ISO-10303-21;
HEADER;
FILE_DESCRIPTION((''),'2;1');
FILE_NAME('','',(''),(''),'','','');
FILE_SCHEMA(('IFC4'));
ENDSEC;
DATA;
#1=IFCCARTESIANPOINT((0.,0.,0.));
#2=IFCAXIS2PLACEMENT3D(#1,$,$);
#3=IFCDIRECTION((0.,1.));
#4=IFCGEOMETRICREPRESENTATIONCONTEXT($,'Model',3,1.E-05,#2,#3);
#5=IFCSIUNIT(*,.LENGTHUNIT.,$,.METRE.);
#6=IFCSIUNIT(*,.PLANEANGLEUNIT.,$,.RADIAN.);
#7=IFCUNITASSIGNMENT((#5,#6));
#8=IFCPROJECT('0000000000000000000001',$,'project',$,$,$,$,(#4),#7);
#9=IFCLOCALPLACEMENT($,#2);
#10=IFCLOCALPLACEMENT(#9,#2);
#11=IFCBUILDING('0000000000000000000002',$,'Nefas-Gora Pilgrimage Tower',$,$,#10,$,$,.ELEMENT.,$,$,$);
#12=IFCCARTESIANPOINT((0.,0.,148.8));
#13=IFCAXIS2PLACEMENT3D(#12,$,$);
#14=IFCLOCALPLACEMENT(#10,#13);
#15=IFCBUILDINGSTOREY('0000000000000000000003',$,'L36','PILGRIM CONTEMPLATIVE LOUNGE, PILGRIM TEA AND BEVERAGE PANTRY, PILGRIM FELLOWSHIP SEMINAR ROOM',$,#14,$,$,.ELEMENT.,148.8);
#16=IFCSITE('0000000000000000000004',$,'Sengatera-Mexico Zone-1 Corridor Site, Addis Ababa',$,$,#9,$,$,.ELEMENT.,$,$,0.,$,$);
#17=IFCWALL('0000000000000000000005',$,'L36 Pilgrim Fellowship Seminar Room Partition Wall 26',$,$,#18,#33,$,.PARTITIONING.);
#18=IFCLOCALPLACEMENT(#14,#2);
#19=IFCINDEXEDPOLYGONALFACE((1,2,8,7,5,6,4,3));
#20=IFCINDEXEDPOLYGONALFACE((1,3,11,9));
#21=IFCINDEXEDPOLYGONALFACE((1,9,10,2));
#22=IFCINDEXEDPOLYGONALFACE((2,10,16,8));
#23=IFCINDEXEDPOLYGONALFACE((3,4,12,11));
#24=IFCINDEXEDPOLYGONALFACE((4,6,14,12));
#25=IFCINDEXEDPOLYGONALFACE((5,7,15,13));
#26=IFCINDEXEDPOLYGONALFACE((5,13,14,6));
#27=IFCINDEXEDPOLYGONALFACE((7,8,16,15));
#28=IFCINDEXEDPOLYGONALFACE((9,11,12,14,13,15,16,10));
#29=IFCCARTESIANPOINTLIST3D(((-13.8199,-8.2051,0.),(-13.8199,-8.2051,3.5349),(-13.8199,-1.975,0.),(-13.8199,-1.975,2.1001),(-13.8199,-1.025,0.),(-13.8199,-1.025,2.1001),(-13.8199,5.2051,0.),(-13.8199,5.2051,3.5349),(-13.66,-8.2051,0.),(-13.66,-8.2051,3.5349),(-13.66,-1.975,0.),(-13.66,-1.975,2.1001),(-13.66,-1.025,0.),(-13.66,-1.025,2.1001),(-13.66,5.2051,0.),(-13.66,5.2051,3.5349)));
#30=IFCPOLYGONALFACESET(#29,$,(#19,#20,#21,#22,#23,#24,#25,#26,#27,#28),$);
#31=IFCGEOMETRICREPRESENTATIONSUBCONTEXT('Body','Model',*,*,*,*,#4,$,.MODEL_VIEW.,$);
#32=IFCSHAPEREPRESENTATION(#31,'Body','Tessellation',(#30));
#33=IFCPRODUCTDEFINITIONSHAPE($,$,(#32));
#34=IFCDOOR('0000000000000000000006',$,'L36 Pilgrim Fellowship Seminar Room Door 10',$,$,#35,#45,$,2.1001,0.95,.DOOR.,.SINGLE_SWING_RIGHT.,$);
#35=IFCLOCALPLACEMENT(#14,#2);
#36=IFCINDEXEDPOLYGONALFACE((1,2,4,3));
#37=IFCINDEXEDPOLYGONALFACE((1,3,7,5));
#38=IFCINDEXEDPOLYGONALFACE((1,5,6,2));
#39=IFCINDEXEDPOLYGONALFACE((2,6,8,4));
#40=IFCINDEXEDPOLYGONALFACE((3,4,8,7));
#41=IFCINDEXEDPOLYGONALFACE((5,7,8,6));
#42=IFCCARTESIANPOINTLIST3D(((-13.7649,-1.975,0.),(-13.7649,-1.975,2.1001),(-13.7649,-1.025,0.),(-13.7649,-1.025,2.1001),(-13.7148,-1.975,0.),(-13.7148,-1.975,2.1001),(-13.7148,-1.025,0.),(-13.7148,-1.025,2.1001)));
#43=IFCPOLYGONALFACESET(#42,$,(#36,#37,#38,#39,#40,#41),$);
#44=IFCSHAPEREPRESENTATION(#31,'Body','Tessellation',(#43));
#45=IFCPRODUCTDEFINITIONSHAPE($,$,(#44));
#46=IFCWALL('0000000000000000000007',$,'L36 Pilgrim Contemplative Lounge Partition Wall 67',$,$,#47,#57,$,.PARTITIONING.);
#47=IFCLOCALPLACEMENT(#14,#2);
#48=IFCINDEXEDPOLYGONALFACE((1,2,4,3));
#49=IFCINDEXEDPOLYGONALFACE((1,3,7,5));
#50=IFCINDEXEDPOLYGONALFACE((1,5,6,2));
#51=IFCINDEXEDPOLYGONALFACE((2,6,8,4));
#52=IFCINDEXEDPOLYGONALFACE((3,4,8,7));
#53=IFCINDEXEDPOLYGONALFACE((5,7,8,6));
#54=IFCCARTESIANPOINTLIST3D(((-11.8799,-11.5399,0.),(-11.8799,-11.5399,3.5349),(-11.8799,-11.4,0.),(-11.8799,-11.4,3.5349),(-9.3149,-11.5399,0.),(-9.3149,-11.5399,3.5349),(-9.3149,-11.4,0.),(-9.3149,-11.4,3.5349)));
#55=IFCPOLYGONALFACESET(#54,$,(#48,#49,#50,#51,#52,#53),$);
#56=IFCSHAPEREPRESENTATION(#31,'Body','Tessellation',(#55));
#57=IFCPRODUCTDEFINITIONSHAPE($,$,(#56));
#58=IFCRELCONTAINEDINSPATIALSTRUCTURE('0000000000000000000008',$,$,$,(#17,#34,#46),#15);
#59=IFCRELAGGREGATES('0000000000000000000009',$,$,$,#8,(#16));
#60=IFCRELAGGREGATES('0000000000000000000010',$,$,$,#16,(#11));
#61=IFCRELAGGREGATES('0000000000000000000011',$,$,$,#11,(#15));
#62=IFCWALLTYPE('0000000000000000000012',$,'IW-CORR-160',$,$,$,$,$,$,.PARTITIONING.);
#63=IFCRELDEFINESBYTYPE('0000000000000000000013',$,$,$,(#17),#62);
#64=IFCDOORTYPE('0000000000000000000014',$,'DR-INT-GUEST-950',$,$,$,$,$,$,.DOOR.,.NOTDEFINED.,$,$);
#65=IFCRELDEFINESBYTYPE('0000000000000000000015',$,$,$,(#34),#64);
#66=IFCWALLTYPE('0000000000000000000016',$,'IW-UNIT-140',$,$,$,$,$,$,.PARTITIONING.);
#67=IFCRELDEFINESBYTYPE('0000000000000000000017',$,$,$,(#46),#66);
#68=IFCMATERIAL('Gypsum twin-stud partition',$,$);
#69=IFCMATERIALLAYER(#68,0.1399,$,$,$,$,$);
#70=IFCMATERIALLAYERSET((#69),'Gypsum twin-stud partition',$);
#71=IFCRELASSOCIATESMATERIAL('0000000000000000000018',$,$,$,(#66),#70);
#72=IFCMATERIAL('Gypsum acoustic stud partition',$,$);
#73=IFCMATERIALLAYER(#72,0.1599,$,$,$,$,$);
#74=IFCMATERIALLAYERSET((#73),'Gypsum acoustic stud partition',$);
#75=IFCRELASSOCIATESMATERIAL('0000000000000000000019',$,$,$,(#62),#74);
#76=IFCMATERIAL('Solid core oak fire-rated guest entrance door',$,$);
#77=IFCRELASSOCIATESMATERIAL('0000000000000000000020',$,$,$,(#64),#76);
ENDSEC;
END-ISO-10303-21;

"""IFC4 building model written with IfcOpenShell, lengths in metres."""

from ifc_helpers import new_model, si_unit, direction, frame, frame_2d, origin, place, context, subcontext, project, spatial, rectangle, extrude, source, transform, mapped, material, layer, layer_set, type_object, element, fill, save


model = new_model("IFC4")

# Units and contexts
model_context = context("Model", 3, precision=1e-05, world=origin(), true_north=direction((0.0, 1.0)))
body_context = subcontext(model_context, "Body", "Model", "MODEL_VIEW")
ifc_project = project(units=[si_unit("LENGTHUNIT", "METRE"), si_unit("PLANEANGLEUNIT", "RADIAN")], contexts=[model_context])

# Site, building, storey
site_placement = place(None, origin())
site = spatial("IfcSite", under=ifc_project, at=site_placement, Name="Sengatera-Mexico Zone-1 Corridor Site, Addis Ababa", CompositionType="ELEMENT", RefElevation=0.0)
building_placement = place(site_placement, origin())
building = spatial("IfcBuilding", under=site, at=building_placement, Name="Nefas-Gora Pilgrimage Tower", CompositionType="ELEMENT")
storey_placement = place(building_placement, frame((0.0, 0.0, 148.8)))
storey = spatial("IfcBuildingStorey", under=building, at=storey_placement, Name="L36", Description="PILGRIM CONTEMPLATIVE LOUNGE, PILGRIM TEA AND BEVERAGE PANTRY, PILGRIM FELLOWSHIP SEMINAR ROOM", CompositionType="ELEMENT", Elevation=148.8)

# Shared definitions
ifc_material_1 = material(Name="Gypsum twin-stud partition")
ifc_layer_1 = layer(ifc_material_1, 0.1399)
ifc_layer_set_1 = layer_set([ifc_layer_1], Name="Gypsum twin-stud partition")
wall_type_1 = type_object("IfcWallType", Name="IW-UNIT-140", PredefinedType="PARTITIONING", material=ifc_layer_set_1)

# Wall, opening, door
ifc_material_2 = material(Name="Gypsum acoustic stud partition")
ifc_layer_2 = layer(ifc_material_2, 0.1599)
ifc_layer_set_2 = layer_set([ifc_layer_2], Name="Gypsum acoustic stud partition")
wall_type_2 = type_object("IfcWallType", Name="IW-CORR-160", PredefinedType="PARTITIONING", material=ifc_layer_set_2)
shared_shape_1 = source(origin(), body_context, "Body", "SweptSolid", [
    extrude(rectangle(XDim=13.4102, YDim=0.1599, at=frame_2d((6.7051, 0.0))), origin(), (0.0, 0.0, 1.0), 3.5349),
])
wall_1_placement = place(storey_placement, frame((-13.74, -8.2051, 0.0), z_axis=(0.0, 0.0, 1.0), x_axis=(0.0, 1.0, 0.0)))
wall_1 = element("IfcWall", 1, at=wall_1_placement, inside=storey, type_object=wall_type_2, Name="L36 Pilgrim Fellowship Seminar Room Partition Wall 26", PredefinedType="PARTITIONING", context=body_context, shape_type="MappedRepresentation", body=[
    mapped(shared_shape_1, transform((0.0, 0.0, 0.0), x_axis=(1.0, 0.0, 0.0), y_axis=(0.0, 1.0, 0.0), z_axis=(0.0, 0.0, 1.0), scale=1.0)),
])
opening_1_placement = place(wall_1_placement, frame((6.23, 0.0, 0.0)))
opening_1 = element("IfcOpeningElement", 2, at=opening_1_placement, cuts=wall_1, PredefinedType="OPENING", context=body_context, shape_type="SweptSolid", body=[
    extrude(rectangle(XDim=0.95, YDim=2.1001, at=frame_2d((0.4751, 1.05))), frame((0.0, 0.0898, 0.0), z_axis=(0.0, -1.0, 0.0), x_axis=(1.0, 0.0, 0.0)), (0.0, 0.0, 1.0), 0.1799),
])
ifc_material_3 = material(Name="Solid core oak fire-rated guest entrance door")
door_type_1 = type_object("IfcDoorType", Name="DR-INT-GUEST-950", OperationType="NOTDEFINED", PredefinedType="DOOR", material=ifc_material_3)
shared_shape_2 = source(origin(), body_context, "Body", "SweptSolid", [
    extrude(rectangle(XDim=0.95, YDim=2.1001, at=frame_2d((0.4751, 1.05))), frame((0.0, 0.0249, 0.0), z_axis=(0.0, -1.0, 0.0), x_axis=(1.0, 0.0, 0.0)), (0.0, 0.0, 1.0), 0.05),
])
door_1_placement = place(opening_1_placement, origin())
door_1 = element("IfcDoor", 3, at=door_1_placement, inside=storey, type_object=door_type_1, Name="L36 Pilgrim Fellowship Seminar Room Door 10", OperationType="SINGLE_SWING_RIGHT", OverallHeight=2.1001, OverallWidth=0.95, PredefinedType="DOOR", context=body_context, shape_type="MappedRepresentation", body=[
    mapped(shared_shape_2, transform((0.0, 0.0, 0.0), x_axis=(1.0, 0.0, 0.0), y_axis=(0.0, 1.0, 0.0), z_axis=(0.0, 0.0, 1.0), scale=1.0)),
])
fill(opening_1, door_1)

# Wall
shared_shape_3 = source(origin(), body_context, "Body", "SweptSolid", [
    extrude(rectangle(XDim=2.5649, YDim=0.1399, at=frame_2d((1.2825, 0.0))), origin(), (0.0, 0.0, 1.0), 3.5349),
])
wall_2_placement = place(storey_placement, frame((-11.8799, -11.47, 0.0), z_axis=(0.0, 0.0, 1.0), x_axis=(1.0, 0.0, 0.0)))
element("IfcWall", 4, at=wall_2_placement, inside=storey, type_object=wall_type_1, Name="L36 Pilgrim Contemplative Lounge Partition Wall 67", PredefinedType="PARTITIONING", context=body_context, shape_type="MappedRepresentation", body=[
    mapped(shared_shape_3, transform((0.0, 0.0, 0.0), x_axis=(1.0, 0.0, 0.0), y_axis=(0.0, 1.0, 0.0), z_axis=(0.0, 0.0, 1.0), scale=1.0)),
])

save(model, "model.ifc")
